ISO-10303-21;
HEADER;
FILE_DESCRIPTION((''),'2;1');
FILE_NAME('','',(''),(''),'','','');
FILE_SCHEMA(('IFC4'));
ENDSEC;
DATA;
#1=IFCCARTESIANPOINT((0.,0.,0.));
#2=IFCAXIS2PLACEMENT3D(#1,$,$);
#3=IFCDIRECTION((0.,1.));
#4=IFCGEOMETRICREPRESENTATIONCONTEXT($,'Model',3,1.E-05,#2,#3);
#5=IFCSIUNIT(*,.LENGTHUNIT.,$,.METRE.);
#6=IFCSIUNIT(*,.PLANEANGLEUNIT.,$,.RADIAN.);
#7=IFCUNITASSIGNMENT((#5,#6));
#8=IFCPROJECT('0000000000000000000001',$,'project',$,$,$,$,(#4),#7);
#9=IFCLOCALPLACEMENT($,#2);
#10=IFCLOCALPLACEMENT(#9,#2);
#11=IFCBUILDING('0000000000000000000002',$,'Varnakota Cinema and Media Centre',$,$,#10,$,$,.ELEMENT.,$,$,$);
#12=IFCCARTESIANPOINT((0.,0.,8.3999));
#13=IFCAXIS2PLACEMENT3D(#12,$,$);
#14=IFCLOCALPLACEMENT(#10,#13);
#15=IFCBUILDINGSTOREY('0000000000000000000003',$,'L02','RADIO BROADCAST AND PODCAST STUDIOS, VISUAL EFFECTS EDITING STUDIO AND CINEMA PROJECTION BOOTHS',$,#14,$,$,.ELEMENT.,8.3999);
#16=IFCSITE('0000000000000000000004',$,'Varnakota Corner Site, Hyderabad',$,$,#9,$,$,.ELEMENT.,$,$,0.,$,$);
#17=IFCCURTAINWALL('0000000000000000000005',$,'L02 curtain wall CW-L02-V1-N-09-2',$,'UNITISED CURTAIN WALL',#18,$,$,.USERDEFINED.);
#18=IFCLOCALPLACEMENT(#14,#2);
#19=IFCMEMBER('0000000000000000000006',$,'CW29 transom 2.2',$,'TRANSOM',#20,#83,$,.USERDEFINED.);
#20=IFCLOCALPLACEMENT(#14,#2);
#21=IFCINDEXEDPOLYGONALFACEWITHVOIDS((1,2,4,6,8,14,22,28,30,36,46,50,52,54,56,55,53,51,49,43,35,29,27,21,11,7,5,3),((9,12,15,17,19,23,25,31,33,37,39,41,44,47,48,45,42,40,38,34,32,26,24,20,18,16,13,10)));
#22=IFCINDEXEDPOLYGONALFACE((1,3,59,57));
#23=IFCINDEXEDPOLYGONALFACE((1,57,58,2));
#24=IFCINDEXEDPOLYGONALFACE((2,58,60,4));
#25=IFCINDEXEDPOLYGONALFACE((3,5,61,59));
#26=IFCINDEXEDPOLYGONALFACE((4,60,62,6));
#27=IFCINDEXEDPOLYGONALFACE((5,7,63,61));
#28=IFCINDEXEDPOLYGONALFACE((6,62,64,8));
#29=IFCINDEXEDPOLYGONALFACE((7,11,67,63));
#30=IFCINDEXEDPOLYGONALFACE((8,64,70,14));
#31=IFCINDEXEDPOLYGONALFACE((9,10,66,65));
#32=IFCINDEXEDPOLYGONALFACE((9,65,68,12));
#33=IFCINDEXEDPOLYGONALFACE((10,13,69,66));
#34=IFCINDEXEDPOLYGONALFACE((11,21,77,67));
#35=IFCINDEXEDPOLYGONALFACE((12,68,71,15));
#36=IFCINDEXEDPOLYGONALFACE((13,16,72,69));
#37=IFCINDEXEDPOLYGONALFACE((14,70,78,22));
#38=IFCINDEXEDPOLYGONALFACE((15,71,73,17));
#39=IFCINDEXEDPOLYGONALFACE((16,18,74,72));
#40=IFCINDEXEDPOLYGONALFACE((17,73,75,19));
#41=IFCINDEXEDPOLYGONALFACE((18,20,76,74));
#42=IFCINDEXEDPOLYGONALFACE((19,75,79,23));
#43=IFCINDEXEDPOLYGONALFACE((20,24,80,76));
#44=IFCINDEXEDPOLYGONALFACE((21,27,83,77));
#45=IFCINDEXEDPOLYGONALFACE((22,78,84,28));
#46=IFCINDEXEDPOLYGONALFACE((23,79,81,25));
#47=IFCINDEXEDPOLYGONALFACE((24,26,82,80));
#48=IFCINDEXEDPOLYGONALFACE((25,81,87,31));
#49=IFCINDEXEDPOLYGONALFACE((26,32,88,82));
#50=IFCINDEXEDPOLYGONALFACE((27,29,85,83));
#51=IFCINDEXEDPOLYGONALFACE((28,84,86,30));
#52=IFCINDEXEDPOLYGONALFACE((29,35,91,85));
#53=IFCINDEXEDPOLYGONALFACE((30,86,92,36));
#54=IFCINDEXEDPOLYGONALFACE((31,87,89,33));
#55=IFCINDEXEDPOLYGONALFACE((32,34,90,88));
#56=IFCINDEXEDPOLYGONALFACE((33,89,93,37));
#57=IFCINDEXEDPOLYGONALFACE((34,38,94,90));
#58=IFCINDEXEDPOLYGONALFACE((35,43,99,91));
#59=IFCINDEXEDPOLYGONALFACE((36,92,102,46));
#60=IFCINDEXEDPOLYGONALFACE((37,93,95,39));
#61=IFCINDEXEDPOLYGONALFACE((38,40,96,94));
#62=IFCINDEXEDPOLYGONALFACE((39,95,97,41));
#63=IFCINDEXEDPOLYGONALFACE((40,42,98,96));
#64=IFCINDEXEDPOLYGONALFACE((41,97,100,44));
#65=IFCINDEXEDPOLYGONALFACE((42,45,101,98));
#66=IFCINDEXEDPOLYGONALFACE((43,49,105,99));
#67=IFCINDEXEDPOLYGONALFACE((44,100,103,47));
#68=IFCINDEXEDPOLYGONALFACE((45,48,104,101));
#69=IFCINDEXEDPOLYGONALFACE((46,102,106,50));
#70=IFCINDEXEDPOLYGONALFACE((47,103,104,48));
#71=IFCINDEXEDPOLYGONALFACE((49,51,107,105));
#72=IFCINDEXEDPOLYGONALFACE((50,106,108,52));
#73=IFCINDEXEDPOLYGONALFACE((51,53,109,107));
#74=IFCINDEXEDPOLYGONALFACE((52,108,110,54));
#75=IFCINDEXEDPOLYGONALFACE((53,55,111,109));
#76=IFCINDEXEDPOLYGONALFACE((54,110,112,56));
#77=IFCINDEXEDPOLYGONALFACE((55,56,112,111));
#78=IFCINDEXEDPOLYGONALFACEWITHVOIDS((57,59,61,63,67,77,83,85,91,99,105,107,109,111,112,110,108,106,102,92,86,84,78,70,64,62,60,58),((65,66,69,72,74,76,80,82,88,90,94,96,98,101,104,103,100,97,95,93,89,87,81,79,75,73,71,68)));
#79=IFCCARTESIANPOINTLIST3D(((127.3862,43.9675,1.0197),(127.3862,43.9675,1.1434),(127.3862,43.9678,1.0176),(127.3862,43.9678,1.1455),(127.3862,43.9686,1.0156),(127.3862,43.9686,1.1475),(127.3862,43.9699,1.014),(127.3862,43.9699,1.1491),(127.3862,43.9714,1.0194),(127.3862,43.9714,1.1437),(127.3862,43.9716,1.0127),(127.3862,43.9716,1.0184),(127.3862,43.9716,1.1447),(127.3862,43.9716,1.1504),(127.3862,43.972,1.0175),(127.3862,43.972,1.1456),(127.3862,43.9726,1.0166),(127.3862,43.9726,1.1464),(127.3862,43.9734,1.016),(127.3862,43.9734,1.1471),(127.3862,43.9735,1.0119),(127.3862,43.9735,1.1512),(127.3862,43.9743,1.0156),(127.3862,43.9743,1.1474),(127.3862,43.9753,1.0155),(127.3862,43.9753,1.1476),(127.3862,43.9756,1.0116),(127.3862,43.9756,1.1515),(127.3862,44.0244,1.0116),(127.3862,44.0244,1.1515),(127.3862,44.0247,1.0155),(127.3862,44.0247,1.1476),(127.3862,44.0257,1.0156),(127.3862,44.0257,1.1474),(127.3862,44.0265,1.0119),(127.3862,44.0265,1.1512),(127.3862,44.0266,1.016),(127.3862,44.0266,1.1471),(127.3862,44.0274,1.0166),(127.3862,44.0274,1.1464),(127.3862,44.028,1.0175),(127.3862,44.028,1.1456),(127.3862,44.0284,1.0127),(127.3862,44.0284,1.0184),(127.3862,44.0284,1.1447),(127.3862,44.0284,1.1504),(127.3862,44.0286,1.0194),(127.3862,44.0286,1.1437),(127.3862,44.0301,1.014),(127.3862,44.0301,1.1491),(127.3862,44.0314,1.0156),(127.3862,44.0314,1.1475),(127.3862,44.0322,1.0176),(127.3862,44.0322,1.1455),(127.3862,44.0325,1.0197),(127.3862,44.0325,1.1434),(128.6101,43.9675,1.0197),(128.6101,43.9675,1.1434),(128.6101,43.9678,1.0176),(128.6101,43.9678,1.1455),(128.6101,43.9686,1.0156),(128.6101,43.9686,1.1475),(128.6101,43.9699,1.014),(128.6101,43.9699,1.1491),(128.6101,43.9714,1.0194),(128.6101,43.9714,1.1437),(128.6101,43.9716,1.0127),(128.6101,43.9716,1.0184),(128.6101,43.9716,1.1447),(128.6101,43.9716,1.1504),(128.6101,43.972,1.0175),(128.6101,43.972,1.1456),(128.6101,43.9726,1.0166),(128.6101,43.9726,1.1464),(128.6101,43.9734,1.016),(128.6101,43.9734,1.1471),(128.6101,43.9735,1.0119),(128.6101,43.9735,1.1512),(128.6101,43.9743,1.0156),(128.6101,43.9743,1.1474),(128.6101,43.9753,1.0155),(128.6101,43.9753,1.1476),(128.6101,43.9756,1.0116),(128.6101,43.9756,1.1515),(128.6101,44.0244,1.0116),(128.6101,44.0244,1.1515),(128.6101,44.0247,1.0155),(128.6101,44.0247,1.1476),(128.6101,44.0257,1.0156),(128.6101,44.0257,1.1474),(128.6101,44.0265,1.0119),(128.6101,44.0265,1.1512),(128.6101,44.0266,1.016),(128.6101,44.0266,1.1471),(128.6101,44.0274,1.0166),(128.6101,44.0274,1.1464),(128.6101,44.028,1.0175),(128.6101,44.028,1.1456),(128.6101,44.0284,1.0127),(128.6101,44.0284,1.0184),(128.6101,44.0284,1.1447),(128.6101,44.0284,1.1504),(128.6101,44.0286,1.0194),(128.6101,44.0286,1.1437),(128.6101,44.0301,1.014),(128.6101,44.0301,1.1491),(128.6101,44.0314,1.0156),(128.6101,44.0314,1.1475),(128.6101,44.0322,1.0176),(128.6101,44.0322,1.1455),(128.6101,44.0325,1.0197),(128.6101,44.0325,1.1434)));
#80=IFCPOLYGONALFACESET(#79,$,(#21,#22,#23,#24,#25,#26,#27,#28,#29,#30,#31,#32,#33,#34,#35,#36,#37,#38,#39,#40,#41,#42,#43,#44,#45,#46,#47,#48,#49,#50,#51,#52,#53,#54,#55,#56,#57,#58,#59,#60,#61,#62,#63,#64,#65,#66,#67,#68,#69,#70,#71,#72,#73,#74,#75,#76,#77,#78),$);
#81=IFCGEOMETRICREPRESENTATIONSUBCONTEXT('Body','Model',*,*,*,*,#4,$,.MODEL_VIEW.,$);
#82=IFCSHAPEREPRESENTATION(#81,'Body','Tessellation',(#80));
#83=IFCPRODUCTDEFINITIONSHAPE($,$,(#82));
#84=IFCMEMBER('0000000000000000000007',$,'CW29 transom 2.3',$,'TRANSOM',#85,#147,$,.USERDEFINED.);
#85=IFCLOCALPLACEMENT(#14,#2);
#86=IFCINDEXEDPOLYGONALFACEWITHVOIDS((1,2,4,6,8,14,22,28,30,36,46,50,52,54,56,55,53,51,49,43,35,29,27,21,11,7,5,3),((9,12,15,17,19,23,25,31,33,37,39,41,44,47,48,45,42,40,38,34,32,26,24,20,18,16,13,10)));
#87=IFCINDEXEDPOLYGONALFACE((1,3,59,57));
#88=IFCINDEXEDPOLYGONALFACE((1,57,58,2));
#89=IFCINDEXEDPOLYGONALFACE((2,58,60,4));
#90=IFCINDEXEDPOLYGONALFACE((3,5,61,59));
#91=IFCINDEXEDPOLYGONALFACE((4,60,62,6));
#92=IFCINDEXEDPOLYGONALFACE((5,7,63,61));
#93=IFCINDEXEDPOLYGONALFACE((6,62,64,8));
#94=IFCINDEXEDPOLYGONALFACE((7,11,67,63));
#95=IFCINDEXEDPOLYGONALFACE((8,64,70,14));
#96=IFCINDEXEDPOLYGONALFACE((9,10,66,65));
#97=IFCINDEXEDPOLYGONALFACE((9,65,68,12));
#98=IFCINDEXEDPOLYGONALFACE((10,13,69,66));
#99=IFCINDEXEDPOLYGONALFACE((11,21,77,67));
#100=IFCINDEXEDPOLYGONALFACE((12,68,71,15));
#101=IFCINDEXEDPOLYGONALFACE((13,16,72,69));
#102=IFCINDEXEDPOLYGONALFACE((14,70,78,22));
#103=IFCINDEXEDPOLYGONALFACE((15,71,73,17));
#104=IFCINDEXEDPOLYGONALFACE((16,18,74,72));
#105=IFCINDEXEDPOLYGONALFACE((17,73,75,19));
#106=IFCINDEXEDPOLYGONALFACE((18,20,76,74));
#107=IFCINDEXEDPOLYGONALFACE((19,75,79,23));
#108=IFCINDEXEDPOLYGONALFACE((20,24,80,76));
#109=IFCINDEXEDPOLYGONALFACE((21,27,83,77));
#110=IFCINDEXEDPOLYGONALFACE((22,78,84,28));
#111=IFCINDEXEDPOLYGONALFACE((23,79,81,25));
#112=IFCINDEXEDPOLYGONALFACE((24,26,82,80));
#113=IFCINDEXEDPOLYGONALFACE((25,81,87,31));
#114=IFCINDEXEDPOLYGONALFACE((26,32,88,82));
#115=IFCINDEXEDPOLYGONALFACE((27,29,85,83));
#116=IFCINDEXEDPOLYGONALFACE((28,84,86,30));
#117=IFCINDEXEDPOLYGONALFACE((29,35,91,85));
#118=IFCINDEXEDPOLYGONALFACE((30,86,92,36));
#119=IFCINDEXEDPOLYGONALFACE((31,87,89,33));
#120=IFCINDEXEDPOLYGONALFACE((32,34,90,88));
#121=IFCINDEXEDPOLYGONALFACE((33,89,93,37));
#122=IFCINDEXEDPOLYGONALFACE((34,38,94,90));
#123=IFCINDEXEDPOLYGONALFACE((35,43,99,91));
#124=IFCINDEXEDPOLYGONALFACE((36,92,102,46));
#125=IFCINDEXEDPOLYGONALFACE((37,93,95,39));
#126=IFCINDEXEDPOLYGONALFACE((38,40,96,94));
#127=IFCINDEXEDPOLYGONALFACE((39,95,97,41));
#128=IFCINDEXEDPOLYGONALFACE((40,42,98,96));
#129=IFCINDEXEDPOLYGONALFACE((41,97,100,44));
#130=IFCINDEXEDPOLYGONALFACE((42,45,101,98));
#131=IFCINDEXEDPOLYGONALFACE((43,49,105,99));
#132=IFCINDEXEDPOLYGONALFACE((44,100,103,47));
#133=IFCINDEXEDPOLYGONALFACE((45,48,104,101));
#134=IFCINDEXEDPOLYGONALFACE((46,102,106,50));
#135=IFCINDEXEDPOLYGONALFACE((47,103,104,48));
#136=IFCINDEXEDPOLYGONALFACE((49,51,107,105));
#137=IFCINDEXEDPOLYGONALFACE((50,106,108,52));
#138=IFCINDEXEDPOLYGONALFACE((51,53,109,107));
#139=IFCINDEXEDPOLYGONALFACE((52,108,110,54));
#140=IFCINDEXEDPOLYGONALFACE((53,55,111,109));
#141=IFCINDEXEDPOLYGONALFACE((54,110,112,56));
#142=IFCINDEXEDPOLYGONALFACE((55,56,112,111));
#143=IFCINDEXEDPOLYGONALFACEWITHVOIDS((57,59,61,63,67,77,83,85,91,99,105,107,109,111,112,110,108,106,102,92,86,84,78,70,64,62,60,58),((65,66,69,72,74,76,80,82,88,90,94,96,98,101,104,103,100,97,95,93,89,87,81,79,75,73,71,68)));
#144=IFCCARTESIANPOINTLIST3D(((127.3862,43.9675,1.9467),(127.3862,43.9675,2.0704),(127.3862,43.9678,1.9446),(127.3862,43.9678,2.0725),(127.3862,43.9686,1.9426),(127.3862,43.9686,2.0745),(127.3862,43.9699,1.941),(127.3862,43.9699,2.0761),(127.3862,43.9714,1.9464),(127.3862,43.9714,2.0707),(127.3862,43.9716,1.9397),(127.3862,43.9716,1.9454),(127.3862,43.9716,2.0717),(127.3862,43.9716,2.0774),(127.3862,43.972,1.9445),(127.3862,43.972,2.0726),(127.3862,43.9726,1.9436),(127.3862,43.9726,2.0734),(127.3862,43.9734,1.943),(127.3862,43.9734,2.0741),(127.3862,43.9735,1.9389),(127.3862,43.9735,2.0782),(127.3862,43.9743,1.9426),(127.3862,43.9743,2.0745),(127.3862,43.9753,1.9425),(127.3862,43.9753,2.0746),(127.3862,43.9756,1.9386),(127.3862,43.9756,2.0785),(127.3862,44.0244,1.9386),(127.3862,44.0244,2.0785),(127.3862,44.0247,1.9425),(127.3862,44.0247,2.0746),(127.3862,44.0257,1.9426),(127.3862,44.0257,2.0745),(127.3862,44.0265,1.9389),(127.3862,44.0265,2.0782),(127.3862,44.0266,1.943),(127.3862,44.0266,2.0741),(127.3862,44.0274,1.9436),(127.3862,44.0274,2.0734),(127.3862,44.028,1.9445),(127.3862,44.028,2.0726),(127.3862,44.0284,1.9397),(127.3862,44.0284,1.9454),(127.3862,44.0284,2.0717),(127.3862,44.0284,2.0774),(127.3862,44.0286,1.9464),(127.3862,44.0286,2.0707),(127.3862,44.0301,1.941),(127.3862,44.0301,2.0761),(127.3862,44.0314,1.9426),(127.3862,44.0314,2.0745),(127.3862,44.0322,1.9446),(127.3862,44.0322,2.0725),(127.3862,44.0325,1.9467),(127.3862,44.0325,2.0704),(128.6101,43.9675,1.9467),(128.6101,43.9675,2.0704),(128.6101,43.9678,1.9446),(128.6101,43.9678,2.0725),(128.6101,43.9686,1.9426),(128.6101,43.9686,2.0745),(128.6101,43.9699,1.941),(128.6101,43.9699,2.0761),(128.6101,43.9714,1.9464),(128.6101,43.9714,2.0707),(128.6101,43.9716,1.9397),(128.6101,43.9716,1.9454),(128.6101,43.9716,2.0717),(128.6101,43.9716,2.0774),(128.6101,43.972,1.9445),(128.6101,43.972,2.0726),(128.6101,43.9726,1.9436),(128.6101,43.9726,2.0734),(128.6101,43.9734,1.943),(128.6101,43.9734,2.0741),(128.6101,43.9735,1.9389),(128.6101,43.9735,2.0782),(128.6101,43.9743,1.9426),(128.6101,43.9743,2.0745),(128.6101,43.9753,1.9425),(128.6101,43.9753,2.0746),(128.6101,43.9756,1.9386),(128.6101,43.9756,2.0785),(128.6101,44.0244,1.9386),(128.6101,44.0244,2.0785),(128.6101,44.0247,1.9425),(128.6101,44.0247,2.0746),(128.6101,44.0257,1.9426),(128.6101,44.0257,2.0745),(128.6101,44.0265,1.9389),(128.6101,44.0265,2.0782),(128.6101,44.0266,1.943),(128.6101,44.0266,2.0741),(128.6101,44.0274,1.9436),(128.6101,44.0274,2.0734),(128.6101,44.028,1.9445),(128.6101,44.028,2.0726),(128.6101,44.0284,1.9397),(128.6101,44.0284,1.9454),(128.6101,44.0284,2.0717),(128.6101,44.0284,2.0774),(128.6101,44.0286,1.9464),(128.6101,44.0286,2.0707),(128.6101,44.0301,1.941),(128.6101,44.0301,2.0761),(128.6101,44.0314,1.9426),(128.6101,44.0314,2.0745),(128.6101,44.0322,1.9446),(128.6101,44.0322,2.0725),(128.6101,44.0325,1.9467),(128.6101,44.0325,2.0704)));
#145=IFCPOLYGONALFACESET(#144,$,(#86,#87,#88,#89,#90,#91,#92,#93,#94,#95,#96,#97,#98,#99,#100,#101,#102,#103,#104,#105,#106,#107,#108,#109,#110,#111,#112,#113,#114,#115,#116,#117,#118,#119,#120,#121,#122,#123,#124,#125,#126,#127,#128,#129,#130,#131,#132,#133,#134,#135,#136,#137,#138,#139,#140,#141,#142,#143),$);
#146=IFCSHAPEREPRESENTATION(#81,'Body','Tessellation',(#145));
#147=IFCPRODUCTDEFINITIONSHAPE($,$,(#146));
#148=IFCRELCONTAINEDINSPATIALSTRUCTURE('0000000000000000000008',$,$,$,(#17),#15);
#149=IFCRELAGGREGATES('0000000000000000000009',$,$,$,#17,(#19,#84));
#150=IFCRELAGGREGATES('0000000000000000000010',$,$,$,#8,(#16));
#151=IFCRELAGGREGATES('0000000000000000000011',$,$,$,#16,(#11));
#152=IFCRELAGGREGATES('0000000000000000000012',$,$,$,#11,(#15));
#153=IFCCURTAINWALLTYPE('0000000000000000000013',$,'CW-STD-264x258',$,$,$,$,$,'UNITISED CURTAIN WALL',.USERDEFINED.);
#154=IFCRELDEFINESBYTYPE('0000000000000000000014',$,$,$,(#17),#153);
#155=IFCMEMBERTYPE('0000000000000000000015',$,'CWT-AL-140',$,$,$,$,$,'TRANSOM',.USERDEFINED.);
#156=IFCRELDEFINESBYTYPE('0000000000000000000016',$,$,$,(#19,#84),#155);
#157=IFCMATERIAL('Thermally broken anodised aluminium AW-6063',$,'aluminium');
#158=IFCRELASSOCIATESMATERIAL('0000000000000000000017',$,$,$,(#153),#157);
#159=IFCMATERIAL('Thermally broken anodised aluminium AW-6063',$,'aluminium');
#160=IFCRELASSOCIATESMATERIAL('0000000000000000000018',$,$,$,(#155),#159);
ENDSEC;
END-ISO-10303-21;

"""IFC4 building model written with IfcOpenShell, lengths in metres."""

from ifc_helpers import new_model, si_unit, direction, frame, origin, origin_2d, place, context, subcontext, project, spatial, hollow_rectangle, extrude, material, material_profile, profile_set, type_object, element, aggregate, save


model = new_model("IFC4")

# Units and contexts
model_context = context("Model", 3, precision=1e-05, world=origin(), true_north=direction((0.0, 1.0)))
body_context = subcontext(model_context, "Body", "Model", "MODEL_VIEW")
ifc_project = project(units=[si_unit("LENGTHUNIT", "METRE"), si_unit("PLANEANGLEUNIT", "RADIAN")], contexts=[model_context])

# Site, building, storey
site_placement = place(None, origin())
site = spatial("IfcSite", under=ifc_project, at=site_placement, Name="Varnakota Corner Site, Hyderabad", CompositionType="ELEMENT", RefElevation=0.0)
building_placement = place(site_placement, origin())
building = spatial("IfcBuilding", under=site, at=building_placement, Name="Varnakota Cinema and Media Centre", CompositionType="ELEMENT")
storey_placement = place(building_placement, frame((0.0, 0.0, 8.3999)))
storey = spatial("IfcBuildingStorey", under=building, at=storey_placement, Name="L02", Description="RADIO BROADCAST AND PODCAST STUDIOS, VISUAL EFFECTS EDITING STUDIO AND CINEMA PROJECTION BOOTHS", CompositionType="ELEMENT", Elevation=8.3999)

# Curtain wall
ifc_material_1 = material(Name="Thermally broken anodised aluminium AW-6063", Category="aluminium")
curtain_wall_type = type_object("IfcCurtainWallType", Name="CW-STD-264x258", ElementType="UNITISED CURTAIN WALL", PredefinedType="USERDEFINED", material=ifc_material_1)
curtain_wall_1_placement = place(storey_placement, origin())
curtain_wall_1 = element("IfcCurtainWall", 1, at=curtain_wall_1_placement, inside=storey, type_object=curtain_wall_type, Name="L02 curtain wall CW-L02-V1-N-09-2", ObjectType="UNITISED CURTAIN WALL", PredefinedType="USERDEFINED")

# Members
ifc_material_2 = material(Name="Thermally broken anodised aluminium AW-6063", Category="aluminium")
ifc_material_profile_1 = material_profile(ifc_material_2, hollow_rectangle(XDim=0.0649, YDim=0.1399, WallThickness=0.0039, InnerFilletRadius=0.0039, OuterFilletRadius=0.0081, at=origin_2d()), Name="AL-TRANSOM 140x65x4")
ifc_profile_set_1 = profile_set([ifc_material_profile_1], Name="Thermally broken anodised aluminium AW-6063")
member_type_1 = type_object("IfcMemberType", Name="CWT-AL-140", ElementType="TRANSOM", PredefinedType="USERDEFINED", material=ifc_profile_set_1)
member_1_placement = place(storey_placement, frame((127.3862, 44.0, 1.0815), z_axis=(1.0, 0.0, 0.0), x_axis=(0.0, 1.0, 0.0)))
member_1 = element("IfcMember", 2, at=member_1_placement, type_object=member_type_1, Name="CW29 transom 2.2", ObjectType="TRANSOM", PredefinedType="USERDEFINED", context=body_context, shape_type="SweptSolid", body=[
    extrude(hollow_rectangle(XDim=0.0649, YDim=0.1399, WallThickness=0.0039, InnerFilletRadius=0.0039, OuterFilletRadius=0.0081, at=origin_2d()), origin(), (0.0, 0.0, 1.0), 1.2239),
])
member_2_placement = place(storey_placement, frame((127.3862, 44.0, 2.0085), z_axis=(1.0, 0.0, 0.0), x_axis=(0.0, 1.0, 0.0)))
member_2 = element("IfcMember", 3, at=member_2_placement, type_object=member_type_1, Name="CW29 transom 2.3", ObjectType="TRANSOM", PredefinedType="USERDEFINED", context=body_context, shape_type="SweptSolid", body=[
    extrude(hollow_rectangle(XDim=0.0649, YDim=0.1399, WallThickness=0.0039, InnerFilletRadius=0.0039, OuterFilletRadius=0.0081, at=origin_2d()), origin(), (0.0, 0.0, 1.0), 1.2239),
])

aggregate(curtain_wall_1, [member_1, member_2])

save(model, "model.ifc")
